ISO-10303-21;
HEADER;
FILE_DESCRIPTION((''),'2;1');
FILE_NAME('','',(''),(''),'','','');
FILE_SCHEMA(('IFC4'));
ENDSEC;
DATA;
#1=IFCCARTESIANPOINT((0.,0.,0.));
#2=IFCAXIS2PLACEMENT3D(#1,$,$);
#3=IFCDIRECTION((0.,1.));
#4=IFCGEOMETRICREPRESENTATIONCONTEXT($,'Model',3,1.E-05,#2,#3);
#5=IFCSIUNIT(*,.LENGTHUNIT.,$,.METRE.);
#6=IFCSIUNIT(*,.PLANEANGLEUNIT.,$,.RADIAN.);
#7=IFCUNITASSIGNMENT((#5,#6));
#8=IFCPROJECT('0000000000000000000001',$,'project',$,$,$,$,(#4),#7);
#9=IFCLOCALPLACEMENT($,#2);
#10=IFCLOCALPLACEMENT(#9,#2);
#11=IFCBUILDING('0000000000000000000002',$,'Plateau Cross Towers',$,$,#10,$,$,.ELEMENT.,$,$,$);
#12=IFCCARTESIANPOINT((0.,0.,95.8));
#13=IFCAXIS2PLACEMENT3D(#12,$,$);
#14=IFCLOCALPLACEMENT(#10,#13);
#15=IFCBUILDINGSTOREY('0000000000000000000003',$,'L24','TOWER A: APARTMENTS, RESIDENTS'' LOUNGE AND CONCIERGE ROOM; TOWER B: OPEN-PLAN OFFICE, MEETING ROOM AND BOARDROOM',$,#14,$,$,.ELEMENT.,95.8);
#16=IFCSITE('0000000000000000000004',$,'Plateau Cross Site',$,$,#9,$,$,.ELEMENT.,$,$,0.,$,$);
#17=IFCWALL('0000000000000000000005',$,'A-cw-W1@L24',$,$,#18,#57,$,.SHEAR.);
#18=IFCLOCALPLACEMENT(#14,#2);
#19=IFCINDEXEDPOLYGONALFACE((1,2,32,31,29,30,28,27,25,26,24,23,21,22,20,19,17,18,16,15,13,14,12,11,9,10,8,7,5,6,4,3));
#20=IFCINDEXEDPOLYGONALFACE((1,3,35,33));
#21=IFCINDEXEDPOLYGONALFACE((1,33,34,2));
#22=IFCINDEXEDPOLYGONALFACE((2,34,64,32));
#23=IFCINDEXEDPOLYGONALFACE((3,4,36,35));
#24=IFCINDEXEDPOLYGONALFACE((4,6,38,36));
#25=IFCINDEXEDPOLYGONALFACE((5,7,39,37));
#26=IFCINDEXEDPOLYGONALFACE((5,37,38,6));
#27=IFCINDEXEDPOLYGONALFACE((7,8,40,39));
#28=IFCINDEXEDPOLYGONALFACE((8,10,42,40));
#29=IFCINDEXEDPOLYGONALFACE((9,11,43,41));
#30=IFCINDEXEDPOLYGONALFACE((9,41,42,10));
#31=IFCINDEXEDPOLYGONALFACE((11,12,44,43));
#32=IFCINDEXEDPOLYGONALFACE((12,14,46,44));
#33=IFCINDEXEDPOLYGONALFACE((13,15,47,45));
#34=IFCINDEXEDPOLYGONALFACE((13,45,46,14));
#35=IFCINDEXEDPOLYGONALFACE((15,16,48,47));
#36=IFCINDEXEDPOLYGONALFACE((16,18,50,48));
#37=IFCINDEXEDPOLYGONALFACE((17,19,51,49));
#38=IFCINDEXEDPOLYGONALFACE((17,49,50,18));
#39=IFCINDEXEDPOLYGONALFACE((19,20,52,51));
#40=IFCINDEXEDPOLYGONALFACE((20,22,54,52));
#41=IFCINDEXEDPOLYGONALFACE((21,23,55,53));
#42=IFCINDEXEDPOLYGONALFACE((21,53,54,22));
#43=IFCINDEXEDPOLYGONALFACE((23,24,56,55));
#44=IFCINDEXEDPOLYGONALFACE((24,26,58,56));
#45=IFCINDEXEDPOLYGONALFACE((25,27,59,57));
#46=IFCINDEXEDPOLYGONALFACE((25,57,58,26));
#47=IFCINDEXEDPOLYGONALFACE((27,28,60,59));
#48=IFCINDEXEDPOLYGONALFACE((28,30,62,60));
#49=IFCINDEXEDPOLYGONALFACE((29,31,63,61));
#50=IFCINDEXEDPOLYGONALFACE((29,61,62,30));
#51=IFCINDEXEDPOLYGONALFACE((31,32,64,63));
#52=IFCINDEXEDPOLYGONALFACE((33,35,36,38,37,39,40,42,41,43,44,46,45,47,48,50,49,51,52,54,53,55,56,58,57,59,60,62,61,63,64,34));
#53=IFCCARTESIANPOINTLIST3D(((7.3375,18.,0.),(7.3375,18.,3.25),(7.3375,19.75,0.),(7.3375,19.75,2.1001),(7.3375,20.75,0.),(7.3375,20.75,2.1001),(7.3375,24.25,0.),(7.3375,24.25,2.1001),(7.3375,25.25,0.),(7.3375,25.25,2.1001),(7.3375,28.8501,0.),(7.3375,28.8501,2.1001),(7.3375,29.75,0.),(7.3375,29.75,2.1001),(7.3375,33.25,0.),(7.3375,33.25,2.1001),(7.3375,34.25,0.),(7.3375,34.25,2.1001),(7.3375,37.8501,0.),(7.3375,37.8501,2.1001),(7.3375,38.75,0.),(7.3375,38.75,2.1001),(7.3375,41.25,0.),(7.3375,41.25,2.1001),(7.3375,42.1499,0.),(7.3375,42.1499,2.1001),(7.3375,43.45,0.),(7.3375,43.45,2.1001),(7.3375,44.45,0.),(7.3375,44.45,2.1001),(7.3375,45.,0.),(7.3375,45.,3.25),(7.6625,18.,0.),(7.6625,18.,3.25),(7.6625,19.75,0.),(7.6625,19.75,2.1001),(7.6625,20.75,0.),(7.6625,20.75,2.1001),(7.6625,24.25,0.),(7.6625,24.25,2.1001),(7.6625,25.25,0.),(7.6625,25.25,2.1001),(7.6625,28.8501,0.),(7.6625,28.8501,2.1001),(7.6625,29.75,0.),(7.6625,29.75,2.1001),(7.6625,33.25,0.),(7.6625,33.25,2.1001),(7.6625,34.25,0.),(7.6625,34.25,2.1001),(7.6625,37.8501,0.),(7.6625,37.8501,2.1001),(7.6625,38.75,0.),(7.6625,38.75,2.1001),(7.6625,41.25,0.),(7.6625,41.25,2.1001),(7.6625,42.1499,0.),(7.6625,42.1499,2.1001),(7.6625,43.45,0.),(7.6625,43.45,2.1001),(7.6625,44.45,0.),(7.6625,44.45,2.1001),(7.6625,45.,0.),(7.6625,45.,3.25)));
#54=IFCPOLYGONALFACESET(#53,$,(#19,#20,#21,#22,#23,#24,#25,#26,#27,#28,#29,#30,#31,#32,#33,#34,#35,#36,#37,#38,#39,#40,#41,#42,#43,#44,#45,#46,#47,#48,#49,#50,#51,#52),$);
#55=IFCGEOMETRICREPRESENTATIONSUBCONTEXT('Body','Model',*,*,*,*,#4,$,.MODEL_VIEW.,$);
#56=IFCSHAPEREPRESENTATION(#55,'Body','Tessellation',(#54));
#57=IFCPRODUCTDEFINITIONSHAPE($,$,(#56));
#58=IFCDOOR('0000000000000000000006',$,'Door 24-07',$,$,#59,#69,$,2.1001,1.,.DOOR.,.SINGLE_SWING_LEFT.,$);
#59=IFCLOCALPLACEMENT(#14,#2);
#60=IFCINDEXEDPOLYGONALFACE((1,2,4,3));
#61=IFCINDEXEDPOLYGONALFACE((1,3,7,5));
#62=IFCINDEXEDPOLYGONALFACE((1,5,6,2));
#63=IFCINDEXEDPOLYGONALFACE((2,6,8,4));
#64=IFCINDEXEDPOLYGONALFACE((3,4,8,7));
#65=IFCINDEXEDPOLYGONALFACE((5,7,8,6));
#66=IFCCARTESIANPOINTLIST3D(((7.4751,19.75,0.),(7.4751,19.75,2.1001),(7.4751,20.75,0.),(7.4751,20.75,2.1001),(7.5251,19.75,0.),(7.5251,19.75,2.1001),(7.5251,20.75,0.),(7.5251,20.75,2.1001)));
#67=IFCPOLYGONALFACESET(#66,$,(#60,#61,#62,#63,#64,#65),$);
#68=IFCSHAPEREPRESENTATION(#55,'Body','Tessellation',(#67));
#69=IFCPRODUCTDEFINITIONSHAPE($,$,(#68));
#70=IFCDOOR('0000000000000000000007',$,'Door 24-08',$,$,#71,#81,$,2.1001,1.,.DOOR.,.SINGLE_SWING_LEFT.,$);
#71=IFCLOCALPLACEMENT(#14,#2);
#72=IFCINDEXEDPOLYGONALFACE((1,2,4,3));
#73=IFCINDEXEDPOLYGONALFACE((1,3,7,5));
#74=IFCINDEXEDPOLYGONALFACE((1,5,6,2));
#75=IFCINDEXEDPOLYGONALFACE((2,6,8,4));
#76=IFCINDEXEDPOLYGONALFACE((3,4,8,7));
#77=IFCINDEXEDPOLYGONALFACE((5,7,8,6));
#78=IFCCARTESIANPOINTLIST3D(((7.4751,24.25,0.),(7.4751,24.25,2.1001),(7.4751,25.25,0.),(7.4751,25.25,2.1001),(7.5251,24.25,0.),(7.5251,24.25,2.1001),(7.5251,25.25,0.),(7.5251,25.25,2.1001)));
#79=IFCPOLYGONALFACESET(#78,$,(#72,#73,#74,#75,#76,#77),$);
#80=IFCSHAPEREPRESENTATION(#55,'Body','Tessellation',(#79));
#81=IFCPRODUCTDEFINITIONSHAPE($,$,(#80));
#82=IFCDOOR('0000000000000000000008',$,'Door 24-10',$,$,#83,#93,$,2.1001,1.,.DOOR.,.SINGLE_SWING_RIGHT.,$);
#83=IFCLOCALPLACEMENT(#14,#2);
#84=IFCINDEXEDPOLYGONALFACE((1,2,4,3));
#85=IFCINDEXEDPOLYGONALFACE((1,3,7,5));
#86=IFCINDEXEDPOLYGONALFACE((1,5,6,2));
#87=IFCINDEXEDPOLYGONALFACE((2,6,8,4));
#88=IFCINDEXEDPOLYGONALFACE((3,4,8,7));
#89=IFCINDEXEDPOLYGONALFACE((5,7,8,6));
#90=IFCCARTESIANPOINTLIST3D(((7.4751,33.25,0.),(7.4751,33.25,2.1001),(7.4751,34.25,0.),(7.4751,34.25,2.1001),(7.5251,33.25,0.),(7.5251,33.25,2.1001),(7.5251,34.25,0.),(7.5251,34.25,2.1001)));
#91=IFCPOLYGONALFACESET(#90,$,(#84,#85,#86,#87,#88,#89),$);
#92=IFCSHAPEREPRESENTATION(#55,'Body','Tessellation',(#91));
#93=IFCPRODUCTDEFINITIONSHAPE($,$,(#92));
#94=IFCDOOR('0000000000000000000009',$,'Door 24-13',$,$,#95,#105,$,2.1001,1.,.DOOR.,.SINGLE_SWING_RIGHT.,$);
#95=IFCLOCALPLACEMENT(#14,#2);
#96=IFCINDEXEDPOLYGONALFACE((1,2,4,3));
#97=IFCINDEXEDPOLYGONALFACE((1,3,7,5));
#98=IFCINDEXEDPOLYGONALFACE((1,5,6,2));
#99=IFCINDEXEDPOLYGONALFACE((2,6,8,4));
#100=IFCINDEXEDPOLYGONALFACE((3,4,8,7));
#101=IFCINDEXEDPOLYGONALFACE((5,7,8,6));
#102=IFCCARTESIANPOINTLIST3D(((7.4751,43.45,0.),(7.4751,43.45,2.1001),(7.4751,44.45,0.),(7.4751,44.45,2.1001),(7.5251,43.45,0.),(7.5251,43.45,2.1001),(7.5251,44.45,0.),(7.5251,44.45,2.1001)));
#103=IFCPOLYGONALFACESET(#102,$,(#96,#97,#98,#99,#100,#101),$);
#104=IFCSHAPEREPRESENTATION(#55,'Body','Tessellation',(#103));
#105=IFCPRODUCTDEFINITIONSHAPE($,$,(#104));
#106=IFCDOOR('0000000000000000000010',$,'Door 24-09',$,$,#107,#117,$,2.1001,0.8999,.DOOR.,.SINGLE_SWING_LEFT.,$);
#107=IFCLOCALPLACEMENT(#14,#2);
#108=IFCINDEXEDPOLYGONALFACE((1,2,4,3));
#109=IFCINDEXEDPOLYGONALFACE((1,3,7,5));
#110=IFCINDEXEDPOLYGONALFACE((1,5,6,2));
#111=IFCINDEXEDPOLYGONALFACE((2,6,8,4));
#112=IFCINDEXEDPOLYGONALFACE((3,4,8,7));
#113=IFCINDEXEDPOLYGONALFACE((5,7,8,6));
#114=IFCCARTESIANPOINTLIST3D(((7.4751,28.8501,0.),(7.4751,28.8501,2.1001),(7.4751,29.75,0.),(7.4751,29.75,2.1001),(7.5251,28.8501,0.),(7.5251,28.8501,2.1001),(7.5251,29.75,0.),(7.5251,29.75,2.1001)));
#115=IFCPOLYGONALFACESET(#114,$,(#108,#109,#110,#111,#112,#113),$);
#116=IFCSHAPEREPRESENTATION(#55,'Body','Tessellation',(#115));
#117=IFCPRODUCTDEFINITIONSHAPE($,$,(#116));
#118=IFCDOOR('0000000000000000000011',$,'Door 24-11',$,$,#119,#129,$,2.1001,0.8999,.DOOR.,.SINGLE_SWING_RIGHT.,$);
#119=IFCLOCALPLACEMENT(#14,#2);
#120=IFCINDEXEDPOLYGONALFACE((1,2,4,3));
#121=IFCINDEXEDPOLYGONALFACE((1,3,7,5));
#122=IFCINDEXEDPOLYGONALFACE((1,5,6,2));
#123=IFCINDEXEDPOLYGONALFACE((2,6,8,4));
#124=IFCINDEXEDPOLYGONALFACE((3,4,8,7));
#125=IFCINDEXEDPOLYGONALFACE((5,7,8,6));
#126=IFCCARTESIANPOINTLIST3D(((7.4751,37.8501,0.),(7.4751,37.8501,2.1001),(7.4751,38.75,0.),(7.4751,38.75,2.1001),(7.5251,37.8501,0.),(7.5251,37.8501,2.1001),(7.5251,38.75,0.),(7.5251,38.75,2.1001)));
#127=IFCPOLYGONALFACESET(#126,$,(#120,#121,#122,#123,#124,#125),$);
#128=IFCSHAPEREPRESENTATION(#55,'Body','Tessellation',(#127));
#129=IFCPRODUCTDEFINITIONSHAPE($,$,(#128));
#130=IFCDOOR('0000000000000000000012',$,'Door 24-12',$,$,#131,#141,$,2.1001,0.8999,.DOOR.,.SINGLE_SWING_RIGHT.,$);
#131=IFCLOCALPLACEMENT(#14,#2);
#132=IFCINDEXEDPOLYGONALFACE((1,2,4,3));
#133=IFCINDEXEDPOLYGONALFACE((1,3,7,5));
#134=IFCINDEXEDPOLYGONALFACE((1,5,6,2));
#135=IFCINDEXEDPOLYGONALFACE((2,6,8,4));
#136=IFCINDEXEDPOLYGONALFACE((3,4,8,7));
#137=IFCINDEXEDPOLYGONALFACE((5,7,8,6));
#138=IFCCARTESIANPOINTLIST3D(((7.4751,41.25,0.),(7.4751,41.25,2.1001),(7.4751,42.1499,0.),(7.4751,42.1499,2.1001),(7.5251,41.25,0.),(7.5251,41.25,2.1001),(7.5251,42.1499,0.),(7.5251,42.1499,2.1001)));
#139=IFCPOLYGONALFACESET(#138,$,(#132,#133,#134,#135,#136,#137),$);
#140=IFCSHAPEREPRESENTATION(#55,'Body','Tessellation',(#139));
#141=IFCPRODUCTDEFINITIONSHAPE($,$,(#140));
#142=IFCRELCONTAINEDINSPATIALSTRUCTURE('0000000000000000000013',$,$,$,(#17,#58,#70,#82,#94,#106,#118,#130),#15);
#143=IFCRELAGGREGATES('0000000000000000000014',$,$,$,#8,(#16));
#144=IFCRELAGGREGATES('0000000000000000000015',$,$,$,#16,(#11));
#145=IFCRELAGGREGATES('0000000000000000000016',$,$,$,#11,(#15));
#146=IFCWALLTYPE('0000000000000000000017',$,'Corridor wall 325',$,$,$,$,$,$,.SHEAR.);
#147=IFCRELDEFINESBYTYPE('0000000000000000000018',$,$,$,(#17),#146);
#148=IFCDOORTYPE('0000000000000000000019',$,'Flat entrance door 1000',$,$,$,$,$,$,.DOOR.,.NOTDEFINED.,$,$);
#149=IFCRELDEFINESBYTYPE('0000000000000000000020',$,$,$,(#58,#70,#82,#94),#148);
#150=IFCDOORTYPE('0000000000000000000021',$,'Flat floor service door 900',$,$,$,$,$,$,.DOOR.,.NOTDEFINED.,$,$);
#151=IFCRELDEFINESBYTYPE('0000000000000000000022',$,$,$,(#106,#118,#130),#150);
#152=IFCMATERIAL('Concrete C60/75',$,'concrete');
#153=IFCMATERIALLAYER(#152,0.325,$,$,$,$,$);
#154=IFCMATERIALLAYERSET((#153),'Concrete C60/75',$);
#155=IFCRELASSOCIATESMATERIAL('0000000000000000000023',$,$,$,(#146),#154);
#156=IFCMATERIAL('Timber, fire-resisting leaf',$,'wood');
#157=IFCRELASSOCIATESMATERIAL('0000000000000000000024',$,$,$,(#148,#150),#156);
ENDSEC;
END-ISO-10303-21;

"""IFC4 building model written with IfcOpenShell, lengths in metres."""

from ifc_helpers import new_model, si_unit, direction, frame, frame_2d, origin, place, context, subcontext, project, spatial, rectangle, extrude, material, layer, layer_set, type_object, element, fill, save


model = new_model("IFC4")

# Units and contexts
model_context = context("Model", 3, precision=1e-05, world=origin(), true_north=direction((0.0, 1.0)))
body_context = subcontext(model_context, "Body", "Model", "MODEL_VIEW")
ifc_project = project(units=[si_unit("LENGTHUNIT", "METRE"), si_unit("PLANEANGLEUNIT", "RADIAN")], contexts=[model_context])

# Site, building, storey
site_placement = place(None, origin())
site = spatial("IfcSite", under=ifc_project, at=site_placement, Name="Plateau Cross Site", CompositionType="ELEMENT", RefElevation=0.0)
building_placement = place(site_placement, origin())
building = spatial("IfcBuilding", under=site, at=building_placement, Name="Plateau Cross Towers", CompositionType="ELEMENT")
storey_placement = place(building_placement, frame((0.0, 0.0, 95.8)))
storey = spatial("IfcBuildingStorey", under=building, at=storey_placement, Name="L24", Description="TOWER A: APARTMENTS, RESIDENTS' LOUNGE AND CONCIERGE ROOM; TOWER B: OPEN-PLAN OFFICE, MEETING ROOM AND BOARDROOM", CompositionType="ELEMENT", Elevation=95.8)

# Shared definitions
ifc_material_1 = material(Name="Concrete C60/75", Category="concrete")

# Wall, openings, doors
ifc_layer_1 = layer(ifc_material_1, 0.325)
ifc_layer_set_1 = layer_set([ifc_layer_1], Name="Concrete C60/75")
wall_type_1 = type_object("IfcWallType", Name="Corridor wall 325", PredefinedType="SHEAR", material=ifc_layer_set_1)
wall_1_placement = place(storey_placement, frame((7.5, 18.0, 0.0), z_axis=(0.0, 0.0, 1.0), x_axis=(0.0, 1.0, 0.0)))
wall_1 = element("IfcWall", 1, at=wall_1_placement, inside=storey, type_object=wall_type_1, Name="A-cw-W1@L24", PredefinedType="SHEAR", context=body_context, shape_type="SweptSolid", body=[
    extrude(rectangle(XDim=27.0, YDim=0.325, at=frame_2d((13.5, 0.0))), origin(), (0.0, 0.0, 1.0), 3.25),
])
opening_1_placement = place(wall_1_placement, frame((1.75, 0.0, 0.0)))
opening_1 = element("IfcOpeningElement", 2, at=opening_1_placement, cuts=wall_1, PredefinedType="OPENING", context=body_context, shape_type="SweptSolid", body=[
    extrude(rectangle(XDim=1.0, YDim=2.1001, at=frame_2d((0.5, 1.05))), frame((0.0, 0.1724, 0.0), z_axis=(0.0, -1.0, 0.0), x_axis=(1.0, 0.0, 0.0)), (0.0, 0.0, 1.0), 0.345),
])
opening_2_placement = place(wall_1_placement, frame((6.25, 0.0, 0.0)))
opening_2 = element("IfcOpeningElement", 3, at=opening_2_placement, cuts=wall_1, PredefinedType="OPENING", context=body_context, shape_type="SweptSolid", body=[
    extrude(rectangle(XDim=1.0, YDim=2.1001, at=frame_2d((0.5, 1.05))), frame((0.0, 0.1724, 0.0), z_axis=(0.0, -1.0, 0.0), x_axis=(1.0, 0.0, 0.0)), (0.0, 0.0, 1.0), 0.345),
])
opening_3_placement = place(wall_1_placement, frame((10.8501, 0.0, 0.0)))
opening_3 = element("IfcOpeningElement", 4, at=opening_3_placement, cuts=wall_1, PredefinedType="OPENING", context=body_context, shape_type="SweptSolid", body=[
    extrude(rectangle(XDim=0.8999, YDim=2.1001, at=frame_2d((0.45, 1.05))), frame((0.0, 0.1724, 0.0), z_axis=(0.0, -1.0, 0.0), x_axis=(1.0, 0.0, 0.0)), (0.0, 0.0, 1.0), 0.345),
])
opening_4_placement = place(wall_1_placement, frame((15.25, 0.0, 0.0)))
opening_4 = element("IfcOpeningElement", 5, at=opening_4_placement, cuts=wall_1, PredefinedType="OPENING", context=body_context, shape_type="SweptSolid", body=[
    extrude(rectangle(XDim=1.0, YDim=2.1001, at=frame_2d((0.5, 1.05))), frame((0.0, 0.1724, 0.0), z_axis=(0.0, -1.0, 0.0), x_axis=(1.0, 0.0, 0.0)), (0.0, 0.0, 1.0), 0.345),
])
opening_5_placement = place(wall_1_placement, frame((19.8501, 0.0, 0.0)))
opening_5 = element("IfcOpeningElement", 6, at=opening_5_placement, cuts=wall_1, PredefinedType="OPENING", context=body_context, shape_type="SweptSolid", body=[
    extrude(rectangle(XDim=0.8999, YDim=2.1001, at=frame_2d((0.45, 1.05))), frame((0.0, 0.1724, 0.0), z_axis=(0.0, -1.0, 0.0), x_axis=(1.0, 0.0, 0.0)), (0.0, 0.0, 1.0), 0.345),
])
opening_6_placement = place(wall_1_placement, frame((23.25, 0.0, 0.0)))
opening_6 = element("IfcOpeningElement", 7, at=opening_6_placement, cuts=wall_1, PredefinedType="OPENING", context=body_context, shape_type="SweptSolid", body=[
    extrude(rectangle(XDim=0.8999, YDim=2.1001, at=frame_2d((0.45, 1.05))), frame((0.0, 0.1724, 0.0), z_axis=(0.0, -1.0, 0.0), x_axis=(1.0, 0.0, 0.0)), (0.0, 0.0, 1.0), 0.345),
])
opening_7_placement = place(wall_1_placement, frame((25.45, 0.0, 0.0)))
opening_7 = element("IfcOpeningElement", 8, at=opening_7_placement, cuts=wall_1, PredefinedType="OPENING", context=body_context, shape_type="SweptSolid", body=[
    extrude(rectangle(XDim=1.0, YDim=2.1001, at=frame_2d((0.5, 1.05))), frame((0.0, 0.1724, 0.0), z_axis=(0.0, -1.0, 0.0), x_axis=(1.0, 0.0, 0.0)), (0.0, 0.0, 1.0), 0.345),
])
ifc_material_2 = material(Name="Timber, fire-resisting leaf", Category="wood")
door_type_1 = type_object("IfcDoorType", Name="Flat entrance door 1000", OperationType="NOTDEFINED", PredefinedType="DOOR", material=ifc_material_2)
door_1_placement = place(opening_1_placement, origin())
door_1 = element("IfcDoor", 9, at=door_1_placement, inside=storey, type_object=door_type_1, Name="Door 24-07", OperationType="SINGLE_SWING_LEFT", OverallHeight=2.1001, OverallWidth=1.0, PredefinedType="DOOR", context=body_context, shape_type="SweptSolid", body=[
    extrude(rectangle(XDim=1.0, YDim=2.1001, at=frame_2d((0.5, 1.05))), frame((0.0, 0.0249, 0.0), z_axis=(0.0, -1.0, 0.0), x_axis=(1.0, 0.0, 0.0)), (0.0, 0.0, 1.0), 0.05),
])
fill(opening_1, door_1)
door_2_placement = place(opening_2_placement, origin())
door_2 = element("IfcDoor", 10, at=door_2_placement, inside=storey, type_object=door_type_1, Name="Door 24-08", OperationType="SINGLE_SWING_LEFT", OverallHeight=2.1001, OverallWidth=1.0, PredefinedType="DOOR", context=body_context, shape_type="SweptSolid", body=[
    extrude(rectangle(XDim=1.0, YDim=2.1001, at=frame_2d((0.5, 1.05))), frame((0.0, 0.0249, 0.0), z_axis=(0.0, -1.0, 0.0), x_axis=(1.0, 0.0, 0.0)), (0.0, 0.0, 1.0), 0.05),
])
fill(opening_2, door_2)
door_3_placement = place(opening_4_placement, origin())
door_3 = element("IfcDoor", 11, at=door_3_placement, inside=storey, type_object=door_type_1, Name="Door 24-10", OperationType="SINGLE_SWING_RIGHT", OverallHeight=2.1001, OverallWidth=1.0, PredefinedType="DOOR", context=body_context, shape_type="SweptSolid", body=[
    extrude(rectangle(XDim=1.0, YDim=2.1001, at=frame_2d((0.5, 1.05))), frame((0.0, 0.0249, 0.0), z_axis=(0.0, -1.0, 0.0), x_axis=(1.0, 0.0, 0.0)), (0.0, 0.0, 1.0), 0.05),
])
fill(opening_4, door_3)
door_4_placement = place(opening_7_placement, origin())
door_4 = element("IfcDoor", 12, at=door_4_placement, inside=storey, type_object=door_type_1, Name="Door 24-13", OperationType="SINGLE_SWING_RIGHT", OverallHeight=2.1001, OverallWidth=1.0, PredefinedType="DOOR", context=body_context, shape_type="SweptSolid", body=[
    extrude(rectangle(XDim=1.0, YDim=2.1001, at=frame_2d((0.5, 1.05))), frame((0.0, 0.0249, 0.0), z_axis=(0.0, -1.0, 0.0), x_axis=(1.0, 0.0, 0.0)), (0.0, 0.0, 1.0), 0.05),
])
fill(opening_7, door_4)
door_type_2 = type_object("IfcDoorType", Name="Flat floor service door 900", OperationType="NOTDEFINED", PredefinedType="DOOR", material=ifc_material_2)
door_5_placement = place(opening_3_placement, origin())
door_5 = element("IfcDoor", 13, at=door_5_placement, inside=storey, type_object=door_type_2, Name="Door 24-09", OperationType="SINGLE_SWING_LEFT", OverallHeight=2.1001, OverallWidth=0.8999, PredefinedType="DOOR", context=body_context, shape_type="SweptSolid", body=[
    extrude(rectangle(XDim=0.8999, YDim=2.1001, at=frame_2d((0.45, 1.05))), frame((0.0, 0.0249, 0.0), z_axis=(0.0, -1.0, 0.0), x_axis=(1.0, 0.0, 0.0)), (0.0, 0.0, 1.0), 0.05),
])
fill(opening_3, door_5)
door_6_placement = place(opening_5_placement, origin())
door_6 = element("IfcDoor", 14, at=door_6_placement, inside=storey, type_object=door_type_2, Name="Door 24-11", OperationType="SINGLE_SWING_RIGHT", OverallHeight=2.1001, OverallWidth=0.8999, PredefinedType="DOOR", context=body_context, shape_type="SweptSolid", body=[
    extrude(rectangle(XDim=0.8999, YDim=2.1001, at=frame_2d((0.45, 1.05))), frame((0.0, 0.0249, 0.0), z_axis=(0.0, -1.0, 0.0), x_axis=(1.0, 0.0, 0.0)), (0.0, 0.0, 1.0), 0.05),
])
fill(opening_5, door_6)
door_7_placement = place(opening_6_placement, origin())
door_7 = element("IfcDoor", 15, at=door_7_placement, inside=storey, type_object=door_type_2, Name="Door 24-12", OperationType="SINGLE_SWING_RIGHT", OverallHeight=2.1001, OverallWidth=0.8999, PredefinedType="DOOR", context=body_context, shape_type="SweptSolid", body=[
    extrude(rectangle(XDim=0.8999, YDim=2.1001, at=frame_2d((0.45, 1.05))), frame((0.0, 0.0249, 0.0), z_axis=(0.0, -1.0, 0.0), x_axis=(1.0, 0.0, 0.0)), (0.0, 0.0, 1.0), 0.05),
])
fill(opening_6, door_7)

save(model, "model.ifc")
